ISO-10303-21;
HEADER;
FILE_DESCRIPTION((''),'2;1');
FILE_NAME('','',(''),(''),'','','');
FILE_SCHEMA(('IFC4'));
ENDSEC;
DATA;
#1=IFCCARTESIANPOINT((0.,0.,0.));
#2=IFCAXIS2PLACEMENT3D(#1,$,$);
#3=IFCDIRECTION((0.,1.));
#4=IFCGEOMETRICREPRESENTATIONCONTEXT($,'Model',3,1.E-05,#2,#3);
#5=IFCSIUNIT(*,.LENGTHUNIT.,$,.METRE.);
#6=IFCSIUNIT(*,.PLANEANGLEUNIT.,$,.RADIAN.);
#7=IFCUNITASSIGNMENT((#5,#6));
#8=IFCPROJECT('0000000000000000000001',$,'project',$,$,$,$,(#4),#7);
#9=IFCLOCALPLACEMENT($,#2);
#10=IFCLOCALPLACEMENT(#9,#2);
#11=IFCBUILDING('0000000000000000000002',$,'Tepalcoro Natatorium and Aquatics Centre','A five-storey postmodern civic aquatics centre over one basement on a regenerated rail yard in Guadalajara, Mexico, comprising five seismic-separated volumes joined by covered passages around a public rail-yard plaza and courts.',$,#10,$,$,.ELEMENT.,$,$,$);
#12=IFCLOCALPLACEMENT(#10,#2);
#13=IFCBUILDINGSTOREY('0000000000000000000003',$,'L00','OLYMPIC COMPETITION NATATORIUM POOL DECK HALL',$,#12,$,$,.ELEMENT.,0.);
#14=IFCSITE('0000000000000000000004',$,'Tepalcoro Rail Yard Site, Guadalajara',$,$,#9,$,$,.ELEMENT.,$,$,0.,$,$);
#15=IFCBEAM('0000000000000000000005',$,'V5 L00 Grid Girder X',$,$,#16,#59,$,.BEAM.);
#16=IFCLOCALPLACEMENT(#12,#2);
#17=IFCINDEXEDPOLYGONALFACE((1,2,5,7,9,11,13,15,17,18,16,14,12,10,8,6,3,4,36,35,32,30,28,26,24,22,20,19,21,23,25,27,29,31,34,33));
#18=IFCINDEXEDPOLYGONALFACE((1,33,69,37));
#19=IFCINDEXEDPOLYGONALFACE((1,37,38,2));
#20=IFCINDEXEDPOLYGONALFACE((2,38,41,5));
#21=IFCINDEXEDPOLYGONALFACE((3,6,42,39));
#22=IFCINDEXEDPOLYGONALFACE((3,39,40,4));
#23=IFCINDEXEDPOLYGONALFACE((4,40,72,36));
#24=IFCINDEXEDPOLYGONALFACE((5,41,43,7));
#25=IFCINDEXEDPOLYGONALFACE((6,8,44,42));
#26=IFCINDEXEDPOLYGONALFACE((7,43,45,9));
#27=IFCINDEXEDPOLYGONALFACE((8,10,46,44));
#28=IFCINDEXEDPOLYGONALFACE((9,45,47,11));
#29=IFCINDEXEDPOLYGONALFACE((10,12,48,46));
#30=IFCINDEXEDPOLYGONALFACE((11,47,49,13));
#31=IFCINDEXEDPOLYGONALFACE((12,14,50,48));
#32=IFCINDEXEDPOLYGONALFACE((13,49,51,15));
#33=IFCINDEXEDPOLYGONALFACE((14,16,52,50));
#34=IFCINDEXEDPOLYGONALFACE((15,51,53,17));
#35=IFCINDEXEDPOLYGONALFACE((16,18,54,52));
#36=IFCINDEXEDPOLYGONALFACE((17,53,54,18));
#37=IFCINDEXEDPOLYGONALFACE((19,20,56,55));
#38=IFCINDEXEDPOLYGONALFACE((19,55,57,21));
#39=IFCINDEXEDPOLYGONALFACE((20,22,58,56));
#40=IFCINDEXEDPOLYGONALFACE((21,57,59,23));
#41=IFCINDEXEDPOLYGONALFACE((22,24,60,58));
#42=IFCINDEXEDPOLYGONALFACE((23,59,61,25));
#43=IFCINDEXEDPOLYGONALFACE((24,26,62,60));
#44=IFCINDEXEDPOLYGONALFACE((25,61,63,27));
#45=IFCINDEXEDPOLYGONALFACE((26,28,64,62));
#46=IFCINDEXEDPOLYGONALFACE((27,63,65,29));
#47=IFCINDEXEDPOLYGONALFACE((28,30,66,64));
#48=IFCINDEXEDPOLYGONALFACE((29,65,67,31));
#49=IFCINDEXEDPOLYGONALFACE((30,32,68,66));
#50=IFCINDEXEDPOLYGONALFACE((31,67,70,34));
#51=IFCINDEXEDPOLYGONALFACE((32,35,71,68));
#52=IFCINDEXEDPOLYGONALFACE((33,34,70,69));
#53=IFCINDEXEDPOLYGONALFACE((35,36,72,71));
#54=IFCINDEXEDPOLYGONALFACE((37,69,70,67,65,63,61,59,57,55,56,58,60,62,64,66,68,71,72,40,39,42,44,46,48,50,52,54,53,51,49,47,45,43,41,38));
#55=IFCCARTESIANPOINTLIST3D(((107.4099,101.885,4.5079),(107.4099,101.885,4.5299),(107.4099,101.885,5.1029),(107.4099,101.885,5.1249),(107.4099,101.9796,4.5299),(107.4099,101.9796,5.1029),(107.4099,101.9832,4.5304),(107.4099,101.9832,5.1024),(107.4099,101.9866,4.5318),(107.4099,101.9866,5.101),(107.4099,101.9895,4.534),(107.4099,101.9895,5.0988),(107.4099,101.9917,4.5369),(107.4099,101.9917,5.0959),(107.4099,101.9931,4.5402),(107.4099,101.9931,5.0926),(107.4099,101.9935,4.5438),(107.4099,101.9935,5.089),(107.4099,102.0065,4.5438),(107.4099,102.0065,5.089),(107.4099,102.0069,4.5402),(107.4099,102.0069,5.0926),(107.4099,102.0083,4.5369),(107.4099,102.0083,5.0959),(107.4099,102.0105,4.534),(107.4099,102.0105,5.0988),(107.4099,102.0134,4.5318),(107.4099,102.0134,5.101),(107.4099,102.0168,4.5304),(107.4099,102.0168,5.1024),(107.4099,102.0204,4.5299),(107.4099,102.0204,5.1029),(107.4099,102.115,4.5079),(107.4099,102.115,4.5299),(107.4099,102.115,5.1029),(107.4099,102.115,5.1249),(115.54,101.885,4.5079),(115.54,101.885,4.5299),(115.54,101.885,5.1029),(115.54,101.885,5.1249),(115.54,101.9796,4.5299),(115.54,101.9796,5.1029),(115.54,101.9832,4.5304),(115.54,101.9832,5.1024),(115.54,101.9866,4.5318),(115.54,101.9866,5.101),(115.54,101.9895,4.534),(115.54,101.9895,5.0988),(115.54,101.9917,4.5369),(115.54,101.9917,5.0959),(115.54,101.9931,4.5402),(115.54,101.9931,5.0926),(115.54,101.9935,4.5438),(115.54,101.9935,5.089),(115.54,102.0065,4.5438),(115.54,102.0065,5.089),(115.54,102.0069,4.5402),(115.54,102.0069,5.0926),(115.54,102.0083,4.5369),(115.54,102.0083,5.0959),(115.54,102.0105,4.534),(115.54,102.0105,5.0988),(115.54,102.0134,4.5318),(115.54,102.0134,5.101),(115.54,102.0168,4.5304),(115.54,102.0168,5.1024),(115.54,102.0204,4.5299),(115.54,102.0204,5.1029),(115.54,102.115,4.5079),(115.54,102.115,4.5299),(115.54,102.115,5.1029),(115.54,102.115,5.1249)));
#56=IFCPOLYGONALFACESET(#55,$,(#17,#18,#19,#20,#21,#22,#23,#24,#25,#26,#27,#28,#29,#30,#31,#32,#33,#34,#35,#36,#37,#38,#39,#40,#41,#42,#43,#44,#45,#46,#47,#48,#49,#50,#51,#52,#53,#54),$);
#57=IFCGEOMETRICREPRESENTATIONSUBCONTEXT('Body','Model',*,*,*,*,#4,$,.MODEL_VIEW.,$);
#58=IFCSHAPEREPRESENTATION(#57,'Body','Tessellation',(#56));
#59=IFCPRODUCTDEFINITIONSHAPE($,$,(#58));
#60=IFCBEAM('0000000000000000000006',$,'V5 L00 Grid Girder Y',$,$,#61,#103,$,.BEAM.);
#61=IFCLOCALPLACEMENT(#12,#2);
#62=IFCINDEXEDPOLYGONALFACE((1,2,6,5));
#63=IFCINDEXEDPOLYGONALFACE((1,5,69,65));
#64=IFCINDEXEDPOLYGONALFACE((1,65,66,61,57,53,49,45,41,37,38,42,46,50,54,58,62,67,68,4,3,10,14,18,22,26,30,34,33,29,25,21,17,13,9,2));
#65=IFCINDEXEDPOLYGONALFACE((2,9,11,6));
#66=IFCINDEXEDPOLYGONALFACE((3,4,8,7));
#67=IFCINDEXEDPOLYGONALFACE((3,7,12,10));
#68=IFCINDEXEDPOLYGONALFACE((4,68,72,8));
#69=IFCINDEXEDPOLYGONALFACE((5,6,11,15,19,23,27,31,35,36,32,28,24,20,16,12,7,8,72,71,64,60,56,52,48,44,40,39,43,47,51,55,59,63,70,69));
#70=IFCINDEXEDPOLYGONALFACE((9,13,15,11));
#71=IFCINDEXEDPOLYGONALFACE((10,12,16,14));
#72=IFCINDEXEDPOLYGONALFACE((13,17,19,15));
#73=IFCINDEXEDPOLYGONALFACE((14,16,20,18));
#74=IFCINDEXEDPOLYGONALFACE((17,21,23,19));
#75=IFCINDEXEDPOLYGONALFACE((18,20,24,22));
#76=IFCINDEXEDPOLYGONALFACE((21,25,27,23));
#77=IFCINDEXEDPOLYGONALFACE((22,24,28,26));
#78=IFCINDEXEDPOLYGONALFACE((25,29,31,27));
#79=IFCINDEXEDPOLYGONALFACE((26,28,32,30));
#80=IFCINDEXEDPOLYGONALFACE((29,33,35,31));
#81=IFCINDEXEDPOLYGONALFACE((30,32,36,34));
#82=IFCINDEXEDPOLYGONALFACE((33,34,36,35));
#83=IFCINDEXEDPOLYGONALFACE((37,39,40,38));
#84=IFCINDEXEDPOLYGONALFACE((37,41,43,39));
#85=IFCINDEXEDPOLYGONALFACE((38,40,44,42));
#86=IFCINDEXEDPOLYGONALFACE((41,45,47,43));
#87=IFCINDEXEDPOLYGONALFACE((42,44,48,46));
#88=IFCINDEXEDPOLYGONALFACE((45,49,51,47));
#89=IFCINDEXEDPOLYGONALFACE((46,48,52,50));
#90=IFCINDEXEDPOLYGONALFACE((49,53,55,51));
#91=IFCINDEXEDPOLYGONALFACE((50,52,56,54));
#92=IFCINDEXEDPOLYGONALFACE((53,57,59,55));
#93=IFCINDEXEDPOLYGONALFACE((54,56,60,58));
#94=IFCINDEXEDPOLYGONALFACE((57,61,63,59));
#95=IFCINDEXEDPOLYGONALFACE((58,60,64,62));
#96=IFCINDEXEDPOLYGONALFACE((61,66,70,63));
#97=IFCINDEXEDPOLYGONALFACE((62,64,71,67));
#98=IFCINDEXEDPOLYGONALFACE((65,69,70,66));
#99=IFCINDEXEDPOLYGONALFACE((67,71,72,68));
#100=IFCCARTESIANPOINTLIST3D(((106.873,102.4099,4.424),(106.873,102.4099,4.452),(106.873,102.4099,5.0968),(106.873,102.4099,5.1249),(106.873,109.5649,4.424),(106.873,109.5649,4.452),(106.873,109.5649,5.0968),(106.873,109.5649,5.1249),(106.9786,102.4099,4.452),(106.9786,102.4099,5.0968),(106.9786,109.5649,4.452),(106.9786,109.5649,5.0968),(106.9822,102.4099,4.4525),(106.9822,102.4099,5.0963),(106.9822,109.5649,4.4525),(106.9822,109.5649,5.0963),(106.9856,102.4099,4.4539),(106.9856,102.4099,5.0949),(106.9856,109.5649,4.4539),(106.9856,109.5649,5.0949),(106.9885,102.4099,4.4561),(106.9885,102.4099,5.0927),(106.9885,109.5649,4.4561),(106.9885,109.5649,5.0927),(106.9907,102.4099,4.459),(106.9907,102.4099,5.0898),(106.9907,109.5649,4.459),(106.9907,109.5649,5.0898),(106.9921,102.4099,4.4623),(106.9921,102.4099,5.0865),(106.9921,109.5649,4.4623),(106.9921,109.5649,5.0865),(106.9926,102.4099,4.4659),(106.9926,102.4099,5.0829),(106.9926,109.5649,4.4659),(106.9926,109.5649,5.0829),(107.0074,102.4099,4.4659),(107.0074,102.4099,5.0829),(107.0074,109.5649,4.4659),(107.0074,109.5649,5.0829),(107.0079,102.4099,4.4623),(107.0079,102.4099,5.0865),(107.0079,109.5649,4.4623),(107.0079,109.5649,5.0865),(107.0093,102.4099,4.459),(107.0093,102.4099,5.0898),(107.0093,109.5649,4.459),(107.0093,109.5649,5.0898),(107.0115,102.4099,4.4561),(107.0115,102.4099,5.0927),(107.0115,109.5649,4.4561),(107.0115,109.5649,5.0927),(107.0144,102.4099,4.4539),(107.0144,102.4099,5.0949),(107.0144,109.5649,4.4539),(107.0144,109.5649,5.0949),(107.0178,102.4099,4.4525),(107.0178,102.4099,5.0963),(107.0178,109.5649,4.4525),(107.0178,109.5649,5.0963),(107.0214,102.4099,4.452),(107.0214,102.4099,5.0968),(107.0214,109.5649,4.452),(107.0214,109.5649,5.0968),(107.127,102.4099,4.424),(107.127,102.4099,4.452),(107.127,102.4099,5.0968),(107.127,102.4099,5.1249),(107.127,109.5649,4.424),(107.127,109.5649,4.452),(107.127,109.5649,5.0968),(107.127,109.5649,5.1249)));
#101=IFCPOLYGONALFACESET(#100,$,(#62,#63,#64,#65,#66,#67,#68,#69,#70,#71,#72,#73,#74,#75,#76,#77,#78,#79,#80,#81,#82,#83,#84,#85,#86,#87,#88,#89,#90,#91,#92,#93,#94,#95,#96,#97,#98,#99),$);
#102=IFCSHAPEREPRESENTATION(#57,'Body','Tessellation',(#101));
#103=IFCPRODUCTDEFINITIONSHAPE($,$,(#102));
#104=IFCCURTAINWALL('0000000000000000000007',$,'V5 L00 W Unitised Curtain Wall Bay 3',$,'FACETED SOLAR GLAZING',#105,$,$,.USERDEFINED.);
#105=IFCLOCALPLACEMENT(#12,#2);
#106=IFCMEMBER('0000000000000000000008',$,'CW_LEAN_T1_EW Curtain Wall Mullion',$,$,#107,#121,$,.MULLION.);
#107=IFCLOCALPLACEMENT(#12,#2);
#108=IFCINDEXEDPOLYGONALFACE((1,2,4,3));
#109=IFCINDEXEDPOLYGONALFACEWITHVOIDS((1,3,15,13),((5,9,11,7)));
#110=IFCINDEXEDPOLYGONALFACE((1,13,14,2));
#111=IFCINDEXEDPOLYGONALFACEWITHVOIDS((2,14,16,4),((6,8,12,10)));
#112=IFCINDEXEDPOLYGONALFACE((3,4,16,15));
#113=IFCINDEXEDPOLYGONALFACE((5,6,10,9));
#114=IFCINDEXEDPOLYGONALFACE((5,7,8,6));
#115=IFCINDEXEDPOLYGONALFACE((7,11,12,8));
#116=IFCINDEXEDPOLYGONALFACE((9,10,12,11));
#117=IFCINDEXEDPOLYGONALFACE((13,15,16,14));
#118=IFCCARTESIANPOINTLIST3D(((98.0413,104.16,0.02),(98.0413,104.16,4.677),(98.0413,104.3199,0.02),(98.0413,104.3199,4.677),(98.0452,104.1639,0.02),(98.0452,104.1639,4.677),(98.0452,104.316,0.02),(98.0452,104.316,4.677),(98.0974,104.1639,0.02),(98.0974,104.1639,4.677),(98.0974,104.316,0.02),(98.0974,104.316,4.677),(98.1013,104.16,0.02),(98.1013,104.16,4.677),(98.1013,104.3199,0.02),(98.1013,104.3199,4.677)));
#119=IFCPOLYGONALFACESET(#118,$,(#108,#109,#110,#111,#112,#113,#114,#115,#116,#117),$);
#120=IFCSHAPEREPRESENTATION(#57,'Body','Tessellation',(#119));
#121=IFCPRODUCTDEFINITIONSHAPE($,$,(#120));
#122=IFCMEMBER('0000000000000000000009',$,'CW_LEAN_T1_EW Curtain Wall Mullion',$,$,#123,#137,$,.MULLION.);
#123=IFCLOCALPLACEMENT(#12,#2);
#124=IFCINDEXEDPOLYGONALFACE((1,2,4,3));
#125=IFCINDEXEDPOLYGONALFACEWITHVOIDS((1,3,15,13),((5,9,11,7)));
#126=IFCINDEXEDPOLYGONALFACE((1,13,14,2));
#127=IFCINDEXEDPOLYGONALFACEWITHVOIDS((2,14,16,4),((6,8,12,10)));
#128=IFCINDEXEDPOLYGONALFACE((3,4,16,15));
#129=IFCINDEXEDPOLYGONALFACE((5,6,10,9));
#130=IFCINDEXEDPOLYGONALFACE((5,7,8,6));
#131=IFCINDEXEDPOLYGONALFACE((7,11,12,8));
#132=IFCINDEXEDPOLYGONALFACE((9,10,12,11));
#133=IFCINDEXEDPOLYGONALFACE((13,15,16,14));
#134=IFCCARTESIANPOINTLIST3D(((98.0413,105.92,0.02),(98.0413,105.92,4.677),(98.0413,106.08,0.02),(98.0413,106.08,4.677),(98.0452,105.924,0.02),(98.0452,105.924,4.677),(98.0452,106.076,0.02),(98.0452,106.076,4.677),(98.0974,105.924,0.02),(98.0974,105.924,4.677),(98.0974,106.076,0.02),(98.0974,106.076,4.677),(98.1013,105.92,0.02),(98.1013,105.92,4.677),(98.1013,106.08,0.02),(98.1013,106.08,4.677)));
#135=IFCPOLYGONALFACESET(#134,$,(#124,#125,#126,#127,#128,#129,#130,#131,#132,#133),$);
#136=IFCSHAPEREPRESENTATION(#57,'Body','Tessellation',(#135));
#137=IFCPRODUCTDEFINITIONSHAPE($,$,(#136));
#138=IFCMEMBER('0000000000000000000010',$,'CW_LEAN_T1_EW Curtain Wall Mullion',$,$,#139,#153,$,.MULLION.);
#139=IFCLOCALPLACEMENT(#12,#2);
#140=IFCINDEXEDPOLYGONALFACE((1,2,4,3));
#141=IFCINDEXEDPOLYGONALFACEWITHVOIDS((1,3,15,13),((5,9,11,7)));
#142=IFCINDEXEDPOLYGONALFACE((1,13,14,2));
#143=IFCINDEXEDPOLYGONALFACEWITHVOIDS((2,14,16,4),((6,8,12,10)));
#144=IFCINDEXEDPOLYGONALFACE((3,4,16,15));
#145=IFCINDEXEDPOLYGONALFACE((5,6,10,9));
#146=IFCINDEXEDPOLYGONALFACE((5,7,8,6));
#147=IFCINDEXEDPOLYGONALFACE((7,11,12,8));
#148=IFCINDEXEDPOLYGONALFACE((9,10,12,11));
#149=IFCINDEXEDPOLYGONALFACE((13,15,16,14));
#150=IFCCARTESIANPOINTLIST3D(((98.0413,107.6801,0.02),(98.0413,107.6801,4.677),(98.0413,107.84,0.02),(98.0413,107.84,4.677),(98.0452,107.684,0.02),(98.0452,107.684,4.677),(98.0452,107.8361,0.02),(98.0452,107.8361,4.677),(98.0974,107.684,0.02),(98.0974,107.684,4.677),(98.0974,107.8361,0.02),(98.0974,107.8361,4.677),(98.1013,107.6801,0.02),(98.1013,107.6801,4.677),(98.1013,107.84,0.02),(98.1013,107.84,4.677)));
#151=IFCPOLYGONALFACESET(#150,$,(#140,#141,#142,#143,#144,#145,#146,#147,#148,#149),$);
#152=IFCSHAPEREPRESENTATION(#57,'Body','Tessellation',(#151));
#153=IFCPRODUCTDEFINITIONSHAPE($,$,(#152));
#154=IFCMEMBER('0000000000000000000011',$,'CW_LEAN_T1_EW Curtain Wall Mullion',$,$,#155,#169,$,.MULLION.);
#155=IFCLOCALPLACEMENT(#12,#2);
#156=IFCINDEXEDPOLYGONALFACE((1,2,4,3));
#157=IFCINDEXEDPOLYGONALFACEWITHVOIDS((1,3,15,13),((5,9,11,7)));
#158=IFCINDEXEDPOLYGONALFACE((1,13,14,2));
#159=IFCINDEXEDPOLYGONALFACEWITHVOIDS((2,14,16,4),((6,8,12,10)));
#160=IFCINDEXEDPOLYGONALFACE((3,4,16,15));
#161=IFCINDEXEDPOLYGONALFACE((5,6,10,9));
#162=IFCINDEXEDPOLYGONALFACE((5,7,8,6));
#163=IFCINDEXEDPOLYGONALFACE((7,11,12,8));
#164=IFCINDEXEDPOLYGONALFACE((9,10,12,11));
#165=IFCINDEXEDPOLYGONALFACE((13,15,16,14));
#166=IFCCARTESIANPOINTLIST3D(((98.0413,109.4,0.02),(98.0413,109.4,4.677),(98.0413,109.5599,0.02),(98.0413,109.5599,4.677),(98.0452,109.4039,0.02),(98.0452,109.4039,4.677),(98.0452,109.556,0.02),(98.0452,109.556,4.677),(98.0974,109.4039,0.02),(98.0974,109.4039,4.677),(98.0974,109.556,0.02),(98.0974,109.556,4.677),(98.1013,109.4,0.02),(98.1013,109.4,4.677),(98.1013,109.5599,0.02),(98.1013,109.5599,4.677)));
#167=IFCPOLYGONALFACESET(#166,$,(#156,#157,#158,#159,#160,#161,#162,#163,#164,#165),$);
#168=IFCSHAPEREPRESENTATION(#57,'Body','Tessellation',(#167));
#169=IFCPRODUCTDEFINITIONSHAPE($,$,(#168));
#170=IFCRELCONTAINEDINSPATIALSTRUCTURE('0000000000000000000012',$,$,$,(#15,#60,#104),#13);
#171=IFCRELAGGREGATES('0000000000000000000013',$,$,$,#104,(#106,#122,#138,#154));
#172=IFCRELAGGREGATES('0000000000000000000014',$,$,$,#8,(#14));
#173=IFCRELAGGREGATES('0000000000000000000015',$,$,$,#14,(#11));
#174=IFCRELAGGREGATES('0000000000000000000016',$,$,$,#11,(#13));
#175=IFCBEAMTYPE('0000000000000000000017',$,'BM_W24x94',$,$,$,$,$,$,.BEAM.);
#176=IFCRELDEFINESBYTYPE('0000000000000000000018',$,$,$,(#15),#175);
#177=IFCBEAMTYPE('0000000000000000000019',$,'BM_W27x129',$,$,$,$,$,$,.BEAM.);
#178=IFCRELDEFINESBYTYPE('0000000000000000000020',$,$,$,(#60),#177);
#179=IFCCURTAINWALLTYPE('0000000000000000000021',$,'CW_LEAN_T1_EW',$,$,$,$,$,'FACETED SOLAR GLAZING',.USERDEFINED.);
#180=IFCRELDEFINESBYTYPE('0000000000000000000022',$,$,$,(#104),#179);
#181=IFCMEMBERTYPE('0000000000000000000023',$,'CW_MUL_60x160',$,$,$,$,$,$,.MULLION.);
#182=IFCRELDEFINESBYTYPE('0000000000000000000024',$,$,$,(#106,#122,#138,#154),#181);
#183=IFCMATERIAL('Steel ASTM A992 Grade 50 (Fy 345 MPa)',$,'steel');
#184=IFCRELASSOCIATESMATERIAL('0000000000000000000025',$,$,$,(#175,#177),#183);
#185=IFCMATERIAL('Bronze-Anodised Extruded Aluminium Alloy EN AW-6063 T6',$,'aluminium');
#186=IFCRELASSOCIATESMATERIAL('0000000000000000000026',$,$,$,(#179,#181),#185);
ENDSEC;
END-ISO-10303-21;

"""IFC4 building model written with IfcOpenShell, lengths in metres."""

from ifc_helpers import new_model, si_unit, direction, frame, origin, origin_2d, place, context, subcontext, project, spatial, hollow_rectangle, i_section, extrude, material, material_profile, profile_set, type_object, element, aggregate, save


model = new_model("IFC4")

# Units and contexts
model_context = context("Model", 3, precision=1e-05, world=origin(), true_north=direction((0.0, 1.0)))
body_context = subcontext(model_context, "Body", "Model", "MODEL_VIEW")
ifc_project = project(units=[si_unit("LENGTHUNIT", "METRE"), si_unit("PLANEANGLEUNIT", "RADIAN")], contexts=[model_context])

# Site, building, storey
site_placement = place(None, origin())
site = spatial("IfcSite", under=ifc_project, at=site_placement, Name="Tepalcoro Rail Yard Site, Guadalajara", CompositionType="ELEMENT", RefElevation=0.0)
building_placement = place(site_placement, origin())
building = spatial("IfcBuilding", under=site, at=building_placement, Name="Tepalcoro Natatorium and Aquatics Centre", Description="A five-storey postmodern civic aquatics centre over one basement on a regenerated rail yard in Guadalajara, Mexico, comprising five seismic-separated volumes joined by covered passages around a public rail-yard plaza and courts.", CompositionType="ELEMENT")
storey_placement = place(building_placement, origin())
storey = spatial("IfcBuildingStorey", under=building, at=storey_placement, Name="L00", Description="OLYMPIC COMPETITION NATATORIUM POOL DECK HALL", CompositionType="ELEMENT", Elevation=0.0)

# Beams
ifc_material_1 = material(Name="Steel ASTM A992 Grade 50 (Fy 345 MPa)", Category="steel")
ifc_material_profile_1 = material_profile(ifc_material_1, i_section(OverallWidth=0.23, OverallDepth=0.6169, WebThickness=0.0129, FlangeThickness=0.022, FilletRadius=0.0139, at=origin_2d()), Name="W24X94")
ifc_profile_set_1 = profile_set([ifc_material_profile_1], Name="Steel ASTM A992 Grade 50 (Fy 345 MPa)")
beam_type_1 = type_object("IfcBeamType", Name="BM_W24x94", PredefinedType="BEAM", material=ifc_profile_set_1)
beam_1_placement = place(storey_placement, frame((107.4099, 102.0, 4.8164), z_axis=(1.0, 0.0, 0.0), x_axis=(0.0, 1.0, 0.0)))
element("IfcBeam", 1, at=beam_1_placement, inside=storey, type_object=beam_type_1, Name="V5 L00 Grid Girder X", PredefinedType="BEAM", context=body_context, shape_type="SweptSolid", body=[
    extrude(i_section(OverallWidth=0.23, OverallDepth=0.6169, WebThickness=0.0129, FlangeThickness=0.022, FilletRadius=0.0139, at=origin_2d()), origin(), (0.0, 0.0, 1.0), 8.1301),
])
ifc_material_profile_2 = material_profile(ifc_material_1, i_section(OverallWidth=0.2539, OverallDepth=0.7009, WebThickness=0.0149, FlangeThickness=0.0281, FilletRadius=0.0139, at=origin_2d()), Name="W27X129")
ifc_profile_set_2 = profile_set([ifc_material_profile_2], Name="Steel ASTM A992 Grade 50 (Fy 345 MPa)")
beam_type_2 = type_object("IfcBeamType", Name="BM_W27x129", PredefinedType="BEAM", material=ifc_profile_set_2)
beam_2_placement = place(storey_placement, frame((107.0, 102.4099, 4.7744), z_axis=(0.0, 1.0, 0.0), x_axis=(-1.0, 0.0, 0.0)))
element("IfcBeam", 2, at=beam_2_placement, inside=storey, type_object=beam_type_2, Name="V5 L00 Grid Girder Y", PredefinedType="BEAM", context=body_context, shape_type="SweptSolid", body=[
    extrude(i_section(OverallWidth=0.2539, OverallDepth=0.7009, WebThickness=0.0149, FlangeThickness=0.0281, FilletRadius=0.0139, at=origin_2d()), origin(), (0.0, 0.0, 1.0), 7.155),
])

# Curtain wall, members
ifc_material_2 = material(Name="Bronze-Anodised Extruded Aluminium Alloy EN AW-6063 T6", Category="aluminium")
curtain_wall_type = type_object("IfcCurtainWallType", Name="CW_LEAN_T1_EW", ElementType="FACETED SOLAR GLAZING", PredefinedType="USERDEFINED", material=ifc_material_2)
curtain_wall_placement = place(storey_placement, origin())
curtain_wall = element("IfcCurtainWall", 3, at=curtain_wall_placement, inside=storey, type_object=curtain_wall_type, Name="V5 L00 W Unitised Curtain Wall Bay 3", ObjectType="FACETED SOLAR GLAZING", PredefinedType="USERDEFINED")
ifc_material_profile_3 = material_profile(ifc_material_2, hollow_rectangle(XDim=0.0601, YDim=0.1599, WallThickness=0.0039, at=origin_2d()), Name="AL60X160X4")
ifc_profile_set_3 = profile_set([ifc_material_profile_3], Name="Bronze-Anodised Extruded Aluminium Alloy EN AW-6063 T6")
member_type = type_object("IfcMemberType", Name="CW_MUL_60x160", PredefinedType="MULLION", material=ifc_profile_set_3)
member_1_placement = place(storey_placement, frame((98.0713, 104.24, 0.02), z_axis=(0.0, 0.0, 1.0), x_axis=(1.0, 0.0, 0.0)))
member_1 = element("IfcMember", 4, at=member_1_placement, type_object=member_type, Name="CW_LEAN_T1_EW Curtain Wall Mullion", PredefinedType="MULLION", context=body_context, shape_type="SweptSolid", body=[
    extrude(hollow_rectangle(XDim=0.0601, YDim=0.1599, WallThickness=0.0039, at=origin_2d()), origin(), (0.0, 0.0, 1.0), 4.657),
])
member_2_placement = place(storey_placement, frame((98.0713, 106.0, 0.02), z_axis=(0.0, 0.0, 1.0), x_axis=(1.0, 0.0, 0.0)))
member_2 = element("IfcMember", 5, at=member_2_placement, type_object=member_type, Name="CW_LEAN_T1_EW Curtain Wall Mullion", PredefinedType="MULLION", context=body_context, shape_type="SweptSolid", body=[
    extrude(hollow_rectangle(XDim=0.0601, YDim=0.1599, WallThickness=0.0039, at=origin_2d()), origin(), (0.0, 0.0, 1.0), 4.657),
])
member_3_placement = place(storey_placement, frame((98.0713, 107.76, 0.02), z_axis=(0.0, 0.0, 1.0), x_axis=(1.0, 0.0, 0.0)))
member_3 = element("IfcMember", 6, at=member_3_placement, type_object=member_type, Name="CW_LEAN_T1_EW Curtain Wall Mullion", PredefinedType="MULLION", context=body_context, shape_type="SweptSolid", body=[
    extrude(hollow_rectangle(XDim=0.0601, YDim=0.1599, WallThickness=0.0039, at=origin_2d()), origin(), (0.0, 0.0, 1.0), 4.657),
])
member_4_placement = place(storey_placement, frame((98.0713, 109.48, 0.02), z_axis=(0.0, 0.0, 1.0), x_axis=(1.0, 0.0, 0.0)))
member_4 = element("IfcMember", 7, at=member_4_placement, type_object=member_type, Name="CW_LEAN_T1_EW Curtain Wall Mullion", PredefinedType="MULLION", context=body_context, shape_type="SweptSolid", body=[
    extrude(hollow_rectangle(XDim=0.0601, YDim=0.1599, WallThickness=0.0039, at=origin_2d()), origin(), (0.0, 0.0, 1.0), 4.657),
])

aggregate(curtain_wall, [member_1, member_2, member_3, member_4])

save(model, "model.ifc")
